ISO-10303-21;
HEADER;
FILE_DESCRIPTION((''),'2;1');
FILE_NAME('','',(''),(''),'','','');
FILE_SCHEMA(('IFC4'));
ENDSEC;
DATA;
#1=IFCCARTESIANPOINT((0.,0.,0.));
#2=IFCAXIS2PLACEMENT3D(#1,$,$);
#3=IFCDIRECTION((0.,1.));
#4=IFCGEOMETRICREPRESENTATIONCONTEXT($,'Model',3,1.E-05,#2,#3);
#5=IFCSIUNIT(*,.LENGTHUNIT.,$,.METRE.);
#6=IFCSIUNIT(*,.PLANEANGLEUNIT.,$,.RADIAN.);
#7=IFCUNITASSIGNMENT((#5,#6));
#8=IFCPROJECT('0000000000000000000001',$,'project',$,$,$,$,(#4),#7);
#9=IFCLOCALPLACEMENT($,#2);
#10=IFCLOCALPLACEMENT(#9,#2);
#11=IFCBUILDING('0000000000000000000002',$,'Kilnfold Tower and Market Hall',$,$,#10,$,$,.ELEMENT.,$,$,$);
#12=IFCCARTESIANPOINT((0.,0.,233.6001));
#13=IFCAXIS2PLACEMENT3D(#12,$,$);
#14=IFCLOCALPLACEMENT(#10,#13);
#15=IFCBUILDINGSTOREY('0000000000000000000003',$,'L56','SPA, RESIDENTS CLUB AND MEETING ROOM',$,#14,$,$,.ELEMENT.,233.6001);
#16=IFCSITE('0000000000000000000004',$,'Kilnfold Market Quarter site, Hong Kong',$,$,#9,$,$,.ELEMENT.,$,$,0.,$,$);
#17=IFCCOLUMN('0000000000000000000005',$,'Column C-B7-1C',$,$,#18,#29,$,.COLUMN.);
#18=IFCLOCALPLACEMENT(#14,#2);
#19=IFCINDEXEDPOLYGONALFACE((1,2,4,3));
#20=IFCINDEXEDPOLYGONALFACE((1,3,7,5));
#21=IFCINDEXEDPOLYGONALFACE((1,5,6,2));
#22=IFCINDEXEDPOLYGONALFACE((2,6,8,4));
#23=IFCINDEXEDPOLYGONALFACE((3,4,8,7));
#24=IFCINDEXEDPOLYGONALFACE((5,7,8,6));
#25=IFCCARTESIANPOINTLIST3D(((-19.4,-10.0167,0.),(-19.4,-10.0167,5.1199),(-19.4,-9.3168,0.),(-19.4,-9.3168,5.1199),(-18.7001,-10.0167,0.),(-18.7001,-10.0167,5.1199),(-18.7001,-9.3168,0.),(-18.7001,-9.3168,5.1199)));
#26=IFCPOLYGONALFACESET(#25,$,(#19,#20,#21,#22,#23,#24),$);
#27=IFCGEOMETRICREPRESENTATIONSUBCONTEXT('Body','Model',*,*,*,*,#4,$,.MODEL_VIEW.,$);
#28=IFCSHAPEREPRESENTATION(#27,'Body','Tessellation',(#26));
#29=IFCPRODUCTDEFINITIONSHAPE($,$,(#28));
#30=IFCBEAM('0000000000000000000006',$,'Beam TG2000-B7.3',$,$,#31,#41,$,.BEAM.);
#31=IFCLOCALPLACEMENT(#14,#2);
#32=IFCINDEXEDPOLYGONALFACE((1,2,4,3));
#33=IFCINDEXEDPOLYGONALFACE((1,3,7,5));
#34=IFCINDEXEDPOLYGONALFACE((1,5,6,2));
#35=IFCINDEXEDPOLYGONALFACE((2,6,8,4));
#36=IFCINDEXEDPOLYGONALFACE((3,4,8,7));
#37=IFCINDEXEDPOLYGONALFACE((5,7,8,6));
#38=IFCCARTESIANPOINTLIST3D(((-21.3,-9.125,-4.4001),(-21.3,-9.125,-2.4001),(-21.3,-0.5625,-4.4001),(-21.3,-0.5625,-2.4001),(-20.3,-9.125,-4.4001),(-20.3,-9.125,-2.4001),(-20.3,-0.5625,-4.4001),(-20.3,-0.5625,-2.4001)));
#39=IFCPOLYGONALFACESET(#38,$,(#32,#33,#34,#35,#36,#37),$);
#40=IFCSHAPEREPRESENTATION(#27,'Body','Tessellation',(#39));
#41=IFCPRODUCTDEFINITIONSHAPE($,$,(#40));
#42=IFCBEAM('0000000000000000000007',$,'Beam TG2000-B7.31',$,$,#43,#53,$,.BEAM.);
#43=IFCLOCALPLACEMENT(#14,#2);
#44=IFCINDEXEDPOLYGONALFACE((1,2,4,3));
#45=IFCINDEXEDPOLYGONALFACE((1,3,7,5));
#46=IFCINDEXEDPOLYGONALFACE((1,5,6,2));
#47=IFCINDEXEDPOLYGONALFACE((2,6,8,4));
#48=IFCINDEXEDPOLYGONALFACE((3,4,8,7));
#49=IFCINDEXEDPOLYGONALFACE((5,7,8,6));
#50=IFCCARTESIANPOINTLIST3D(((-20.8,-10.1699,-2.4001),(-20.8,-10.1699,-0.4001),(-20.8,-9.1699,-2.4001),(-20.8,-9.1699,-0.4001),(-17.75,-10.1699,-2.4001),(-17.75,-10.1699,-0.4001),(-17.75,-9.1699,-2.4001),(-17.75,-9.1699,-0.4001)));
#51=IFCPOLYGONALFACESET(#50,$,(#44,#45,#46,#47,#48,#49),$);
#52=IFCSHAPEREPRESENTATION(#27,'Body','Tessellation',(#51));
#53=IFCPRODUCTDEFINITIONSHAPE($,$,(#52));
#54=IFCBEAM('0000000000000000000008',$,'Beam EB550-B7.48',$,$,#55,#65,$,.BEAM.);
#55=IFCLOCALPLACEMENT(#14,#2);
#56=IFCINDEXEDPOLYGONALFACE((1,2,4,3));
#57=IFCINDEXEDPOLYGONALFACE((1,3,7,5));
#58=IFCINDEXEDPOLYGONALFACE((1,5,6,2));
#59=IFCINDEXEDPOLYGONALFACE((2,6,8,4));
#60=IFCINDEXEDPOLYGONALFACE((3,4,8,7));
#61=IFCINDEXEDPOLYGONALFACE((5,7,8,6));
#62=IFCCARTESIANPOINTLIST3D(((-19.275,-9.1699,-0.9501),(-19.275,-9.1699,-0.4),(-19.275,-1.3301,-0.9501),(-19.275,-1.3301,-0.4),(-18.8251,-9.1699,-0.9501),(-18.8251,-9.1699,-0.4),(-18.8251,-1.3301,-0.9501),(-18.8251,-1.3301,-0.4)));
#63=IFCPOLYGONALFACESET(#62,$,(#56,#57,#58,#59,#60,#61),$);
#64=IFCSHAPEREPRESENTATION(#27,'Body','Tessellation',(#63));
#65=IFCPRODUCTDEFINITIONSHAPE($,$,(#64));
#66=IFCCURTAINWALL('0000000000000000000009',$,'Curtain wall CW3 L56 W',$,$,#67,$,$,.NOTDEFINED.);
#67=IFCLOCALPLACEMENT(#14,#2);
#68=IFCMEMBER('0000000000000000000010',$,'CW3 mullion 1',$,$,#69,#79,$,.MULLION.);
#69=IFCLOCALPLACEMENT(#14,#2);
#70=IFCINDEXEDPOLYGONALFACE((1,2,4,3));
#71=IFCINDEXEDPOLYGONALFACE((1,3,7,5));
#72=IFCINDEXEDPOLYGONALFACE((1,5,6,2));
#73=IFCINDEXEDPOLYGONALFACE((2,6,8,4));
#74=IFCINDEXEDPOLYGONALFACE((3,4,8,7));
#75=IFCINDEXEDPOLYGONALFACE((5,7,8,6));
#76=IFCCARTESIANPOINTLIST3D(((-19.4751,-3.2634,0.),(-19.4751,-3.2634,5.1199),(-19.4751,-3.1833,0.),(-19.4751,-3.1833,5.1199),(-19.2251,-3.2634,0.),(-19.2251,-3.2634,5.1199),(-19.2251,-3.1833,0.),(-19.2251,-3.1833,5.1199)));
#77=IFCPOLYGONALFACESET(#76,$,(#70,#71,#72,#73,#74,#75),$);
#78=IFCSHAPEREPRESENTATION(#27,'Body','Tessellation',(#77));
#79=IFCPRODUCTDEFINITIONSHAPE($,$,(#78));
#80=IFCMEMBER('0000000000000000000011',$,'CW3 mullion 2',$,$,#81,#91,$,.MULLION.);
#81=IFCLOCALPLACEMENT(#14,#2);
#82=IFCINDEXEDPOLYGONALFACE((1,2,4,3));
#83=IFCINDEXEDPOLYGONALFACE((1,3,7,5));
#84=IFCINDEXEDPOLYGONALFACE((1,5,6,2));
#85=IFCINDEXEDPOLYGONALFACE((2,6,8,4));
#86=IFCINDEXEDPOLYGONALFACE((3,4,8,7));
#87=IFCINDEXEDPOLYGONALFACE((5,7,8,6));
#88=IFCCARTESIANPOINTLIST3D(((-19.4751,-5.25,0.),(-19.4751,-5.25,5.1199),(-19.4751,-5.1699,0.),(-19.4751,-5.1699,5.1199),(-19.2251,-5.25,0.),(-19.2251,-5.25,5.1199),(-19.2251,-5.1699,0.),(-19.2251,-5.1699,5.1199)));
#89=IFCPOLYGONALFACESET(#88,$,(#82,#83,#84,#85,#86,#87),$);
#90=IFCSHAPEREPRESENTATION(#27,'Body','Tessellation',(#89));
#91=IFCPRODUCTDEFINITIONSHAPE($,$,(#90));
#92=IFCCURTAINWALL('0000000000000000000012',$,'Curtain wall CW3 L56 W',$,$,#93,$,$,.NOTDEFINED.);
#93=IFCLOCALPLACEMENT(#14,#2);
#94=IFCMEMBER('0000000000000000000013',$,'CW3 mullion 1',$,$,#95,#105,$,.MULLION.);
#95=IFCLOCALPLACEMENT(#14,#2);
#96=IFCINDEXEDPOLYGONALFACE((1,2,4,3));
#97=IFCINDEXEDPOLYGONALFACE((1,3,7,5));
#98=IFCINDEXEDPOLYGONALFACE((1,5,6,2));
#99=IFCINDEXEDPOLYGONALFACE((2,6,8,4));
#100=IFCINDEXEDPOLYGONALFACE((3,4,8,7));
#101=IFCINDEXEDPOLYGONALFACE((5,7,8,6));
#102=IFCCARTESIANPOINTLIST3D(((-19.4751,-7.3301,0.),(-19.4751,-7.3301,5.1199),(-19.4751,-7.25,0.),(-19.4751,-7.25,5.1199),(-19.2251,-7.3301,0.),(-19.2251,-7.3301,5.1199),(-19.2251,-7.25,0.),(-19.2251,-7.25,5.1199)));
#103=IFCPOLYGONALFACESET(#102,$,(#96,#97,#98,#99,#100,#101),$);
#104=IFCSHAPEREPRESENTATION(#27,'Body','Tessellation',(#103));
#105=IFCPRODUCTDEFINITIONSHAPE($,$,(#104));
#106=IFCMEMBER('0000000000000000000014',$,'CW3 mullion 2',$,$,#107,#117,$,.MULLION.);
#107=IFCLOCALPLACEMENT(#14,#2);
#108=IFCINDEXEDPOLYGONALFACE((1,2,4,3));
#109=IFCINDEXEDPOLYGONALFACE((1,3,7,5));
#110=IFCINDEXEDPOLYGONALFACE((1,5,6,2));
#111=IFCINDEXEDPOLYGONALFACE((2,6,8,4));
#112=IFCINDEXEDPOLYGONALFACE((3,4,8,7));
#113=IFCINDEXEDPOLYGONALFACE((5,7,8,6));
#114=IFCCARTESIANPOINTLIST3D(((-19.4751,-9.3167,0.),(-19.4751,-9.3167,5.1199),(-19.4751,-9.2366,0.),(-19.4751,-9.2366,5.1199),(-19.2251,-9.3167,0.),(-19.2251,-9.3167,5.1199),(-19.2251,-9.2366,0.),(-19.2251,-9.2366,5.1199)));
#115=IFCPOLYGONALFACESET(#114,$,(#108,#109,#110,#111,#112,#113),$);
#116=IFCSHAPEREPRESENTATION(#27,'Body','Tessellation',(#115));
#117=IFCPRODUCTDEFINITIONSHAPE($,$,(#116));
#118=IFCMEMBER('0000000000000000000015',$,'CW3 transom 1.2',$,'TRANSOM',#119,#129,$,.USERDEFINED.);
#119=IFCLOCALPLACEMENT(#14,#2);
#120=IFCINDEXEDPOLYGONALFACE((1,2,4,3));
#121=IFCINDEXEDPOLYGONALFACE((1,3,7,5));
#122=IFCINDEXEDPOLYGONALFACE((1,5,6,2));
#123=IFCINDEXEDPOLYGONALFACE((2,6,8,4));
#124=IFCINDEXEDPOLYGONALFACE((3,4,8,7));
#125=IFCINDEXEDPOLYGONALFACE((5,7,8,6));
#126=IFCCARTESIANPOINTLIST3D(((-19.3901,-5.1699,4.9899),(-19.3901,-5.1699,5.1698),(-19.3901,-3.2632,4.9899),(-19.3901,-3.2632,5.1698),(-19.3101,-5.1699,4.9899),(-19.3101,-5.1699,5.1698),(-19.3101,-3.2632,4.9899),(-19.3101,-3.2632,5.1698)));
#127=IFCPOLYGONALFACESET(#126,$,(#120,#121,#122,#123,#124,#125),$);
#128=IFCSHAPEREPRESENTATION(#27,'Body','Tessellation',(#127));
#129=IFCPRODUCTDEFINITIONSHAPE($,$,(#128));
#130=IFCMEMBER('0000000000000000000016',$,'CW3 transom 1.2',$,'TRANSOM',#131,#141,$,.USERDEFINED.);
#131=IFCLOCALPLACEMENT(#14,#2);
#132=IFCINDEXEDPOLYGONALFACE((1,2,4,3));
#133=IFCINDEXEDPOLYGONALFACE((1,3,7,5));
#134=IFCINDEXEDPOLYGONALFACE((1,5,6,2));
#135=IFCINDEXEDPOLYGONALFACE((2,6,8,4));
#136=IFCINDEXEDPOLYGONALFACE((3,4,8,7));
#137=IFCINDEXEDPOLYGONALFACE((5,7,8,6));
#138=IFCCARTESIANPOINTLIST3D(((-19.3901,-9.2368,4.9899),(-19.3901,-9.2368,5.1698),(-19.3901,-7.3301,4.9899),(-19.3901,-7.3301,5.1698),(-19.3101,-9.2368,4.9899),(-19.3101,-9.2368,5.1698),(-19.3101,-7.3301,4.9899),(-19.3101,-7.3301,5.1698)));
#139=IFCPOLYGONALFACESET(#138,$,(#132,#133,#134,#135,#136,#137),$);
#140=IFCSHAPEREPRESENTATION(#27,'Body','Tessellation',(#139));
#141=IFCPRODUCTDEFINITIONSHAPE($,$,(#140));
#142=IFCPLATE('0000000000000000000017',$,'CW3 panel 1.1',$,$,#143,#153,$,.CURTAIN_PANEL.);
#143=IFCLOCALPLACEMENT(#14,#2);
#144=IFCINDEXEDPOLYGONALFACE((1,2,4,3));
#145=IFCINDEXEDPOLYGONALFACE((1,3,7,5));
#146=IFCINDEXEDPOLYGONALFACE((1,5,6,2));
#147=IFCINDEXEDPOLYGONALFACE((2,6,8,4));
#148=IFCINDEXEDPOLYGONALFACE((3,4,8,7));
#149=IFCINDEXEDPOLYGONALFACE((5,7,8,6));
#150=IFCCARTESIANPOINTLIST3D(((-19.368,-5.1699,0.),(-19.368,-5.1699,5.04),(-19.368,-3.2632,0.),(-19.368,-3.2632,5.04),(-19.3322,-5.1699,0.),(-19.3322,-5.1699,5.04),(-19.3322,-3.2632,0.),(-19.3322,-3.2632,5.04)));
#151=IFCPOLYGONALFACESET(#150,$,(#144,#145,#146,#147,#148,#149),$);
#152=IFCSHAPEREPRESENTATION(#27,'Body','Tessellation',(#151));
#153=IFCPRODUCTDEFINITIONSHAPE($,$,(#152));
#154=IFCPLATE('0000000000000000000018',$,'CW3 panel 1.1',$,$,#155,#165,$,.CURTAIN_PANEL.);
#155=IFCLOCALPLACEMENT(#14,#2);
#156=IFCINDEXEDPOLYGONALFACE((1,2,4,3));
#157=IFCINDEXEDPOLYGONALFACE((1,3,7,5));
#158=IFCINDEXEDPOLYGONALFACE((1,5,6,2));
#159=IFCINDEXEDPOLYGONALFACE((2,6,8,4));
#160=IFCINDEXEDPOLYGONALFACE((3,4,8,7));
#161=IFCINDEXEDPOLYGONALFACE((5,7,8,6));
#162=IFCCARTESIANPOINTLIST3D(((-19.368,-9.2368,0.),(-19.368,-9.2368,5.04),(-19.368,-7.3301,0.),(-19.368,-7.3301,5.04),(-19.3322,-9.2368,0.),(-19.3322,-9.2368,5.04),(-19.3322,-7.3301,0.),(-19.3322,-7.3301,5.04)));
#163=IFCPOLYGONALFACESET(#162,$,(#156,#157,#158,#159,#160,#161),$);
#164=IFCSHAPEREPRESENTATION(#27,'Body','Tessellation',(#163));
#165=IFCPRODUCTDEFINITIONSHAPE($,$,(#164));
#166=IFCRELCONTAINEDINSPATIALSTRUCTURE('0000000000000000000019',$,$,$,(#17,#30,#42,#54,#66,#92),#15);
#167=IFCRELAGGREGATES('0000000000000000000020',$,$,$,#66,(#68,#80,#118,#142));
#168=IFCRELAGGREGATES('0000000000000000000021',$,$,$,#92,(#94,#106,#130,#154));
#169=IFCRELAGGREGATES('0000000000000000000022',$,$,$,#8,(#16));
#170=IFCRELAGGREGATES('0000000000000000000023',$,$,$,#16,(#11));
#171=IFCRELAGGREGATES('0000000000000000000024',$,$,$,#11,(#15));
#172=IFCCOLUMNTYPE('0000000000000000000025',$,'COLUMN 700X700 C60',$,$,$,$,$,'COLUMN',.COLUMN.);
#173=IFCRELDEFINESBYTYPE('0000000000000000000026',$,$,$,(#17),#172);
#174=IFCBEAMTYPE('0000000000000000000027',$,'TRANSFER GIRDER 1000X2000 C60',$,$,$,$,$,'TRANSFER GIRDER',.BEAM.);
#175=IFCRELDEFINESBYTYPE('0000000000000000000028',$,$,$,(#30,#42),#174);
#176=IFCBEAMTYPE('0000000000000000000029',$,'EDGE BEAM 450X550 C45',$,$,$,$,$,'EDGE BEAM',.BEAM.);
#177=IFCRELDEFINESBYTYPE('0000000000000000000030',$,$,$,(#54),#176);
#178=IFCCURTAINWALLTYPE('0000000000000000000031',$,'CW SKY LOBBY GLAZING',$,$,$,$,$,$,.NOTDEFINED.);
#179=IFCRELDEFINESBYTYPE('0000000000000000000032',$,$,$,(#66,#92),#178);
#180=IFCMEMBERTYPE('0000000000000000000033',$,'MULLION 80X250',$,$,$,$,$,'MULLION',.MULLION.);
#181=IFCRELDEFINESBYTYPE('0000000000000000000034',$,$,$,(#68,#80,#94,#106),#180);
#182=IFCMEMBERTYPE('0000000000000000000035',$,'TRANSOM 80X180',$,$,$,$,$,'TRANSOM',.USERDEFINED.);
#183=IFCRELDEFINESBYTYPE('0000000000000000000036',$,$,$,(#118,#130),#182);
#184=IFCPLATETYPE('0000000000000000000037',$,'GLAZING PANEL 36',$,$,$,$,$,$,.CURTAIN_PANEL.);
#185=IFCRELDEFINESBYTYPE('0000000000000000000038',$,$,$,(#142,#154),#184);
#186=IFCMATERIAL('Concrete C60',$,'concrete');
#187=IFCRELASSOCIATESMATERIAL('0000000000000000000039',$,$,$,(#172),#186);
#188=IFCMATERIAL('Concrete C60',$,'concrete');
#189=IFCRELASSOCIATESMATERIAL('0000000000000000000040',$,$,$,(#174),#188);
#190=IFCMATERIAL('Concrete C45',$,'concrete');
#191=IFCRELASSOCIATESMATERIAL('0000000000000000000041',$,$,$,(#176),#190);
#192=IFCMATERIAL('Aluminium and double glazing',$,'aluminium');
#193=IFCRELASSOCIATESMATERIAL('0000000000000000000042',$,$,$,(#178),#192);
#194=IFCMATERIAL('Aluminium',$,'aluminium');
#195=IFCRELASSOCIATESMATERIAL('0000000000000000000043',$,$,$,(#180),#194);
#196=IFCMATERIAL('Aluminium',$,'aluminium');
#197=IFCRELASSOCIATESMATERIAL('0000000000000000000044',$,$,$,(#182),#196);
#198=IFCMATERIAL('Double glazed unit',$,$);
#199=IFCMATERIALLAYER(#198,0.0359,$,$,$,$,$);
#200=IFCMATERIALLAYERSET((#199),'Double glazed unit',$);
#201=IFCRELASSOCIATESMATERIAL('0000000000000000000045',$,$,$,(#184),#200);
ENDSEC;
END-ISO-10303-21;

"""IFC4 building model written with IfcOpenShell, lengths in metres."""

from ifc_helpers import new_model, si_unit, direction, frame, origin, origin_2d, place, context, subcontext, project, spatial, rectangle, extrude, source, transform, mapped, material, layer, layer_set, material_profile, profile_set, type_object, element, aggregate, save


model = new_model("IFC4")

# Units and contexts
model_context = context("Model", 3, precision=1e-05, world=origin(), true_north=direction((0.0, 1.0)))
body_context = subcontext(model_context, "Body", "Model", "MODEL_VIEW")
ifc_project = project(units=[si_unit("LENGTHUNIT", "METRE"), si_unit("PLANEANGLEUNIT", "RADIAN")], contexts=[model_context])

# Site, building, storey
site_placement = place(None, origin())
site = spatial("IfcSite", under=ifc_project, at=site_placement, Name="Kilnfold Market Quarter site, Hong Kong", CompositionType="ELEMENT", RefElevation=0.0)
building_placement = place(site_placement, origin())
building = spatial("IfcBuilding", under=site, at=building_placement, Name="Kilnfold Tower and Market Hall", CompositionType="ELEMENT")
storey_placement = place(building_placement, frame((0.0, 0.0, 233.6001)))
storey = spatial("IfcBuildingStorey", under=building, at=storey_placement, Name="L56", Description="SPA, RESIDENTS CLUB AND MEETING ROOM", CompositionType="ELEMENT", Elevation=233.6001)

# Column
ifc_material_1 = material(Name="Concrete C60", Category="concrete")
ifc_material_profile_1 = material_profile(ifc_material_1, rectangle(XDim=0.7, YDim=0.7, at=origin_2d()), Name="RC 700x700")
ifc_profile_set_1 = profile_set([ifc_material_profile_1], Name="Concrete C60")
column_type = type_object("IfcColumnType", Name="COLUMN 700X700 C60", ElementType="COLUMN", PredefinedType="COLUMN", material=ifc_profile_set_1)
shared_shape_1 = source(origin(), body_context, "Body", "SweptSolid", [
    extrude(rectangle(XDim=0.7, YDim=0.7, at=origin_2d()), origin(), (0.0, 0.0, 1.0), 5.1199),
])
column_placement = place(storey_placement, frame((-19.05, -9.6667, 0.0), z_axis=(0.0, 0.0, 1.0), x_axis=(1.0, 0.0, 0.0)))
element("IfcColumn", 1, at=column_placement, inside=storey, type_object=column_type, Name="Column C-B7-1C", PredefinedType="COLUMN", context=body_context, shape_type="MappedRepresentation", body=[
    mapped(shared_shape_1, transform((0.0, 0.0, 0.0))),
])

# Beams
ifc_material_2 = material(Name="Concrete C60", Category="concrete")
ifc_material_profile_2 = material_profile(ifc_material_2, rectangle(XDim=1.0, YDim=2.0, at=origin_2d()), Name="RC 1000x2000")
ifc_profile_set_2 = profile_set([ifc_material_profile_2], Name="Concrete C60")
beam_type_1 = type_object("IfcBeamType", Name="TRANSFER GIRDER 1000X2000 C60", ElementType="TRANSFER GIRDER", PredefinedType="BEAM", material=ifc_profile_set_2)
shared_shape_2 = source(origin(), body_context, "Body", "SweptSolid", [
    extrude(rectangle(XDim=1.0, YDim=2.0, at=origin_2d()), origin(), (0.0, 0.0, 1.0), 8.5625),
])
beam_1_placement = place(storey_placement, frame((-20.8, -9.125, -3.4001), z_axis=(0.0, 1.0, 0.0), x_axis=(-1.0, 0.0, 0.0)))
element("IfcBeam", 2, at=beam_1_placement, inside=storey, type_object=beam_type_1, Name="Beam TG2000-B7.3", PredefinedType="BEAM", context=body_context, shape_type="MappedRepresentation", body=[
    mapped(shared_shape_2, transform((0.0, 0.0, 0.0))),
])
shared_shape_3 = source(origin(), body_context, "Body", "SweptSolid", [
    extrude(rectangle(XDim=1.0, YDim=2.0, at=origin_2d()), origin(), (0.0, 0.0, 1.0), 3.05),
])
beam_2_placement = place(storey_placement, frame((-20.8, -9.6699, -1.4001), z_axis=(1.0, 0.0, 0.0), x_axis=(0.0, 1.0, 0.0)))
element("IfcBeam", 3, at=beam_2_placement, inside=storey, type_object=beam_type_1, Name="Beam TG2000-B7.31", PredefinedType="BEAM", context=body_context, shape_type="MappedRepresentation", body=[
    mapped(shared_shape_3, transform((0.0, 0.0, 0.0))),
])
ifc_material_3 = material(Name="Concrete C45", Category="concrete")
ifc_material_profile_3 = material_profile(ifc_material_3, rectangle(XDim=0.45, YDim=0.55, at=origin_2d()), Name="RC 450x550")
ifc_profile_set_3 = profile_set([ifc_material_profile_3], Name="Concrete C45")
beam_type_2 = type_object("IfcBeamType", Name="EDGE BEAM 450X550 C45", ElementType="EDGE BEAM", PredefinedType="BEAM", material=ifc_profile_set_3)
shared_shape_4 = source(origin(), body_context, "Body", "SweptSolid", [
    extrude(rectangle(XDim=0.45, YDim=0.55, at=origin_2d()), origin(), (0.0, 0.0, 1.0), 7.8398),
])
beam_3_placement = place(storey_placement, frame((-19.05, -9.1699, -0.675), z_axis=(0.0, 1.0, 0.0), x_axis=(-1.0, 0.0, 0.0)))
element("IfcBeam", 4, at=beam_3_placement, inside=storey, type_object=beam_type_2, Name="Beam EB550-B7.48", PredefinedType="BEAM", context=body_context, shape_type="MappedRepresentation", body=[
    mapped(shared_shape_4, transform((0.0, 0.0, 0.0))),
])

# Curtain walls, members
ifc_material_4 = material(Name="Aluminium and double glazing", Category="aluminium")
curtain_wall_type = type_object("IfcCurtainWallType", Name="CW SKY LOBBY GLAZING", PredefinedType="NOTDEFINED", material=ifc_material_4)
curtain_wall_1_placement = place(storey_placement, origin())
curtain_wall_1 = element("IfcCurtainWall", 5, at=curtain_wall_1_placement, inside=storey, type_object=curtain_wall_type, Name="Curtain wall CW3 L56 W", PredefinedType="NOTDEFINED")
ifc_material_5 = material(Name="Aluminium", Category="aluminium")
ifc_material_profile_4 = material_profile(ifc_material_5, rectangle(XDim=0.0801, YDim=0.25, at=origin_2d()), Name="MULLION 80x250")
ifc_profile_set_4 = profile_set([ifc_material_profile_4], Name="Aluminium")
member_type_1 = type_object("IfcMemberType", Name="MULLION 80X250", ElementType="MULLION", PredefinedType="MULLION", material=ifc_profile_set_4)
shared_shape_5 = source(origin(), body_context, "Body", "SweptSolid", [
    extrude(rectangle(XDim=0.0801, YDim=0.25, at=origin_2d()), origin(), (0.0, 0.0, 1.0), 5.1199),
])
member_1_placement = place(storey_placement, frame((-19.3501, -3.2234, 0.0), z_axis=(0.0, 0.0, 1.0), x_axis=(0.0, -1.0, 0.0)))
member_1 = element("IfcMember", 6, at=member_1_placement, type_object=member_type_1, Name="CW3 mullion 1", PredefinedType="MULLION", context=body_context, shape_type="MappedRepresentation", body=[
    mapped(shared_shape_5, transform((0.0, 0.0, 0.0))),
])
member_2_placement = place(storey_placement, frame((-19.3501, -5.21, 0.0), z_axis=(0.0, 0.0, 1.0), x_axis=(0.0, -1.0, 0.0)))
member_2 = element("IfcMember", 7, at=member_2_placement, type_object=member_type_1, Name="CW3 mullion 2", PredefinedType="MULLION", context=body_context, shape_type="MappedRepresentation", body=[
    mapped(shared_shape_5, transform((0.0, 0.0, 0.0))),
])
curtain_wall_2_placement = place(storey_placement, origin())
curtain_wall_2 = element("IfcCurtainWall", 8, at=curtain_wall_2_placement, inside=storey, type_object=curtain_wall_type, Name="Curtain wall CW3 L56 W", PredefinedType="NOTDEFINED")
member_3_placement = place(storey_placement, frame((-19.3501, -7.29, 0.0), z_axis=(0.0, 0.0, 1.0), x_axis=(0.0, -1.0, 0.0)))
member_3 = element("IfcMember", 9, at=member_3_placement, type_object=member_type_1, Name="CW3 mullion 1", PredefinedType="MULLION", context=body_context, shape_type="MappedRepresentation", body=[
    mapped(shared_shape_5, transform((0.0, 0.0, 0.0))),
])
member_4_placement = place(storey_placement, frame((-19.3501, -9.2766, 0.0), z_axis=(0.0, 0.0, 1.0), x_axis=(0.0, -1.0, 0.0)))
member_4 = element("IfcMember", 10, at=member_4_placement, type_object=member_type_1, Name="CW3 mullion 2", PredefinedType="MULLION", context=body_context, shape_type="MappedRepresentation", body=[
    mapped(shared_shape_5, transform((0.0, 0.0, 0.0))),
])

# Members
ifc_material_6 = material(Name="Aluminium", Category="aluminium")
ifc_material_profile_5 = material_profile(ifc_material_6, rectangle(XDim=0.0801, YDim=0.1799, at=origin_2d()), Name="TRANSOM 80x180")
ifc_profile_set_5 = profile_set([ifc_material_profile_5], Name="Aluminium")
member_type_2 = type_object("IfcMemberType", Name="TRANSOM 80X180", ElementType="TRANSOM", PredefinedType="USERDEFINED", material=ifc_profile_set_5)
shared_shape_6 = source(origin(), body_context, "Body", "SweptSolid", [
    extrude(rectangle(XDim=0.0801, YDim=0.1799, at=origin_2d()), origin(), (0.0, 0.0, 1.0), 1.9067),
])
member_5_placement = place(storey_placement, frame((-19.3501, -3.2632, 5.0798), z_axis=(0.0, -1.0, 0.0), x_axis=(1.0, 0.0, 0.0)))
member_5 = element("IfcMember", 11, at=member_5_placement, type_object=member_type_2, Name="CW3 transom 1.2", ObjectType="TRANSOM", PredefinedType="USERDEFINED", context=body_context, shape_type="MappedRepresentation", body=[
    mapped(shared_shape_6, transform((0.0, 0.0, 0.0))),
])
member_6_placement = place(storey_placement, frame((-19.3501, -7.3301, 5.0798), z_axis=(0.0, -1.0, 0.0), x_axis=(1.0, 0.0, 0.0)))
member_6 = element("IfcMember", 12, at=member_6_placement, type_object=member_type_2, Name="CW3 transom 1.2", ObjectType="TRANSOM", PredefinedType="USERDEFINED", context=body_context, shape_type="MappedRepresentation", body=[
    mapped(shared_shape_6, transform((0.0, 0.0, 0.0))),
])

# Plates
ifc_material_7 = material(Name="Double glazed unit")
ifc_layer_1 = layer(ifc_material_7, 0.0359)
ifc_layer_set_1 = layer_set([ifc_layer_1], Name="Double glazed unit")
plate_type = type_object("IfcPlateType", Name="GLAZING PANEL 36", PredefinedType="CURTAIN_PANEL", material=ifc_layer_set_1)
shared_shape_7 = source(origin(), body_context, "Body", "SweptSolid", [
    extrude(rectangle(XDim=1.9067, YDim=0.0359, at=origin_2d()), origin(), (0.0, 0.0, 1.0), 5.04),
])
plate_1_placement = place(storey_placement, frame((-19.3501, -4.2166, 0.0), z_axis=(0.0, 0.0, 1.0), x_axis=(0.0, -1.0, 0.0)))
plate_1 = element("IfcPlate", 13, at=plate_1_placement, type_object=plate_type, Name="CW3 panel 1.1", PredefinedType="CURTAIN_PANEL", context=body_context, shape_type="MappedRepresentation", body=[
    mapped(shared_shape_7, transform((0.0, 0.0, 0.0))),
])
aggregate(curtain_wall_1, [member_1, member_2, member_5, plate_1])
plate_2_placement = place(storey_placement, frame((-19.3501, -8.2834, 0.0), z_axis=(0.0, 0.0, 1.0), x_axis=(0.0, -1.0, 0.0)))
plate_2 = element("IfcPlate", 14, at=plate_2_placement, type_object=plate_type, Name="CW3 panel 1.1", PredefinedType="CURTAIN_PANEL", context=body_context, shape_type="MappedRepresentation", body=[
    mapped(shared_shape_7, transform((0.0, 0.0, 0.0))),
])
aggregate(curtain_wall_2, [member_3, member_4, member_6, plate_2])

save(model, "model.ifc")
